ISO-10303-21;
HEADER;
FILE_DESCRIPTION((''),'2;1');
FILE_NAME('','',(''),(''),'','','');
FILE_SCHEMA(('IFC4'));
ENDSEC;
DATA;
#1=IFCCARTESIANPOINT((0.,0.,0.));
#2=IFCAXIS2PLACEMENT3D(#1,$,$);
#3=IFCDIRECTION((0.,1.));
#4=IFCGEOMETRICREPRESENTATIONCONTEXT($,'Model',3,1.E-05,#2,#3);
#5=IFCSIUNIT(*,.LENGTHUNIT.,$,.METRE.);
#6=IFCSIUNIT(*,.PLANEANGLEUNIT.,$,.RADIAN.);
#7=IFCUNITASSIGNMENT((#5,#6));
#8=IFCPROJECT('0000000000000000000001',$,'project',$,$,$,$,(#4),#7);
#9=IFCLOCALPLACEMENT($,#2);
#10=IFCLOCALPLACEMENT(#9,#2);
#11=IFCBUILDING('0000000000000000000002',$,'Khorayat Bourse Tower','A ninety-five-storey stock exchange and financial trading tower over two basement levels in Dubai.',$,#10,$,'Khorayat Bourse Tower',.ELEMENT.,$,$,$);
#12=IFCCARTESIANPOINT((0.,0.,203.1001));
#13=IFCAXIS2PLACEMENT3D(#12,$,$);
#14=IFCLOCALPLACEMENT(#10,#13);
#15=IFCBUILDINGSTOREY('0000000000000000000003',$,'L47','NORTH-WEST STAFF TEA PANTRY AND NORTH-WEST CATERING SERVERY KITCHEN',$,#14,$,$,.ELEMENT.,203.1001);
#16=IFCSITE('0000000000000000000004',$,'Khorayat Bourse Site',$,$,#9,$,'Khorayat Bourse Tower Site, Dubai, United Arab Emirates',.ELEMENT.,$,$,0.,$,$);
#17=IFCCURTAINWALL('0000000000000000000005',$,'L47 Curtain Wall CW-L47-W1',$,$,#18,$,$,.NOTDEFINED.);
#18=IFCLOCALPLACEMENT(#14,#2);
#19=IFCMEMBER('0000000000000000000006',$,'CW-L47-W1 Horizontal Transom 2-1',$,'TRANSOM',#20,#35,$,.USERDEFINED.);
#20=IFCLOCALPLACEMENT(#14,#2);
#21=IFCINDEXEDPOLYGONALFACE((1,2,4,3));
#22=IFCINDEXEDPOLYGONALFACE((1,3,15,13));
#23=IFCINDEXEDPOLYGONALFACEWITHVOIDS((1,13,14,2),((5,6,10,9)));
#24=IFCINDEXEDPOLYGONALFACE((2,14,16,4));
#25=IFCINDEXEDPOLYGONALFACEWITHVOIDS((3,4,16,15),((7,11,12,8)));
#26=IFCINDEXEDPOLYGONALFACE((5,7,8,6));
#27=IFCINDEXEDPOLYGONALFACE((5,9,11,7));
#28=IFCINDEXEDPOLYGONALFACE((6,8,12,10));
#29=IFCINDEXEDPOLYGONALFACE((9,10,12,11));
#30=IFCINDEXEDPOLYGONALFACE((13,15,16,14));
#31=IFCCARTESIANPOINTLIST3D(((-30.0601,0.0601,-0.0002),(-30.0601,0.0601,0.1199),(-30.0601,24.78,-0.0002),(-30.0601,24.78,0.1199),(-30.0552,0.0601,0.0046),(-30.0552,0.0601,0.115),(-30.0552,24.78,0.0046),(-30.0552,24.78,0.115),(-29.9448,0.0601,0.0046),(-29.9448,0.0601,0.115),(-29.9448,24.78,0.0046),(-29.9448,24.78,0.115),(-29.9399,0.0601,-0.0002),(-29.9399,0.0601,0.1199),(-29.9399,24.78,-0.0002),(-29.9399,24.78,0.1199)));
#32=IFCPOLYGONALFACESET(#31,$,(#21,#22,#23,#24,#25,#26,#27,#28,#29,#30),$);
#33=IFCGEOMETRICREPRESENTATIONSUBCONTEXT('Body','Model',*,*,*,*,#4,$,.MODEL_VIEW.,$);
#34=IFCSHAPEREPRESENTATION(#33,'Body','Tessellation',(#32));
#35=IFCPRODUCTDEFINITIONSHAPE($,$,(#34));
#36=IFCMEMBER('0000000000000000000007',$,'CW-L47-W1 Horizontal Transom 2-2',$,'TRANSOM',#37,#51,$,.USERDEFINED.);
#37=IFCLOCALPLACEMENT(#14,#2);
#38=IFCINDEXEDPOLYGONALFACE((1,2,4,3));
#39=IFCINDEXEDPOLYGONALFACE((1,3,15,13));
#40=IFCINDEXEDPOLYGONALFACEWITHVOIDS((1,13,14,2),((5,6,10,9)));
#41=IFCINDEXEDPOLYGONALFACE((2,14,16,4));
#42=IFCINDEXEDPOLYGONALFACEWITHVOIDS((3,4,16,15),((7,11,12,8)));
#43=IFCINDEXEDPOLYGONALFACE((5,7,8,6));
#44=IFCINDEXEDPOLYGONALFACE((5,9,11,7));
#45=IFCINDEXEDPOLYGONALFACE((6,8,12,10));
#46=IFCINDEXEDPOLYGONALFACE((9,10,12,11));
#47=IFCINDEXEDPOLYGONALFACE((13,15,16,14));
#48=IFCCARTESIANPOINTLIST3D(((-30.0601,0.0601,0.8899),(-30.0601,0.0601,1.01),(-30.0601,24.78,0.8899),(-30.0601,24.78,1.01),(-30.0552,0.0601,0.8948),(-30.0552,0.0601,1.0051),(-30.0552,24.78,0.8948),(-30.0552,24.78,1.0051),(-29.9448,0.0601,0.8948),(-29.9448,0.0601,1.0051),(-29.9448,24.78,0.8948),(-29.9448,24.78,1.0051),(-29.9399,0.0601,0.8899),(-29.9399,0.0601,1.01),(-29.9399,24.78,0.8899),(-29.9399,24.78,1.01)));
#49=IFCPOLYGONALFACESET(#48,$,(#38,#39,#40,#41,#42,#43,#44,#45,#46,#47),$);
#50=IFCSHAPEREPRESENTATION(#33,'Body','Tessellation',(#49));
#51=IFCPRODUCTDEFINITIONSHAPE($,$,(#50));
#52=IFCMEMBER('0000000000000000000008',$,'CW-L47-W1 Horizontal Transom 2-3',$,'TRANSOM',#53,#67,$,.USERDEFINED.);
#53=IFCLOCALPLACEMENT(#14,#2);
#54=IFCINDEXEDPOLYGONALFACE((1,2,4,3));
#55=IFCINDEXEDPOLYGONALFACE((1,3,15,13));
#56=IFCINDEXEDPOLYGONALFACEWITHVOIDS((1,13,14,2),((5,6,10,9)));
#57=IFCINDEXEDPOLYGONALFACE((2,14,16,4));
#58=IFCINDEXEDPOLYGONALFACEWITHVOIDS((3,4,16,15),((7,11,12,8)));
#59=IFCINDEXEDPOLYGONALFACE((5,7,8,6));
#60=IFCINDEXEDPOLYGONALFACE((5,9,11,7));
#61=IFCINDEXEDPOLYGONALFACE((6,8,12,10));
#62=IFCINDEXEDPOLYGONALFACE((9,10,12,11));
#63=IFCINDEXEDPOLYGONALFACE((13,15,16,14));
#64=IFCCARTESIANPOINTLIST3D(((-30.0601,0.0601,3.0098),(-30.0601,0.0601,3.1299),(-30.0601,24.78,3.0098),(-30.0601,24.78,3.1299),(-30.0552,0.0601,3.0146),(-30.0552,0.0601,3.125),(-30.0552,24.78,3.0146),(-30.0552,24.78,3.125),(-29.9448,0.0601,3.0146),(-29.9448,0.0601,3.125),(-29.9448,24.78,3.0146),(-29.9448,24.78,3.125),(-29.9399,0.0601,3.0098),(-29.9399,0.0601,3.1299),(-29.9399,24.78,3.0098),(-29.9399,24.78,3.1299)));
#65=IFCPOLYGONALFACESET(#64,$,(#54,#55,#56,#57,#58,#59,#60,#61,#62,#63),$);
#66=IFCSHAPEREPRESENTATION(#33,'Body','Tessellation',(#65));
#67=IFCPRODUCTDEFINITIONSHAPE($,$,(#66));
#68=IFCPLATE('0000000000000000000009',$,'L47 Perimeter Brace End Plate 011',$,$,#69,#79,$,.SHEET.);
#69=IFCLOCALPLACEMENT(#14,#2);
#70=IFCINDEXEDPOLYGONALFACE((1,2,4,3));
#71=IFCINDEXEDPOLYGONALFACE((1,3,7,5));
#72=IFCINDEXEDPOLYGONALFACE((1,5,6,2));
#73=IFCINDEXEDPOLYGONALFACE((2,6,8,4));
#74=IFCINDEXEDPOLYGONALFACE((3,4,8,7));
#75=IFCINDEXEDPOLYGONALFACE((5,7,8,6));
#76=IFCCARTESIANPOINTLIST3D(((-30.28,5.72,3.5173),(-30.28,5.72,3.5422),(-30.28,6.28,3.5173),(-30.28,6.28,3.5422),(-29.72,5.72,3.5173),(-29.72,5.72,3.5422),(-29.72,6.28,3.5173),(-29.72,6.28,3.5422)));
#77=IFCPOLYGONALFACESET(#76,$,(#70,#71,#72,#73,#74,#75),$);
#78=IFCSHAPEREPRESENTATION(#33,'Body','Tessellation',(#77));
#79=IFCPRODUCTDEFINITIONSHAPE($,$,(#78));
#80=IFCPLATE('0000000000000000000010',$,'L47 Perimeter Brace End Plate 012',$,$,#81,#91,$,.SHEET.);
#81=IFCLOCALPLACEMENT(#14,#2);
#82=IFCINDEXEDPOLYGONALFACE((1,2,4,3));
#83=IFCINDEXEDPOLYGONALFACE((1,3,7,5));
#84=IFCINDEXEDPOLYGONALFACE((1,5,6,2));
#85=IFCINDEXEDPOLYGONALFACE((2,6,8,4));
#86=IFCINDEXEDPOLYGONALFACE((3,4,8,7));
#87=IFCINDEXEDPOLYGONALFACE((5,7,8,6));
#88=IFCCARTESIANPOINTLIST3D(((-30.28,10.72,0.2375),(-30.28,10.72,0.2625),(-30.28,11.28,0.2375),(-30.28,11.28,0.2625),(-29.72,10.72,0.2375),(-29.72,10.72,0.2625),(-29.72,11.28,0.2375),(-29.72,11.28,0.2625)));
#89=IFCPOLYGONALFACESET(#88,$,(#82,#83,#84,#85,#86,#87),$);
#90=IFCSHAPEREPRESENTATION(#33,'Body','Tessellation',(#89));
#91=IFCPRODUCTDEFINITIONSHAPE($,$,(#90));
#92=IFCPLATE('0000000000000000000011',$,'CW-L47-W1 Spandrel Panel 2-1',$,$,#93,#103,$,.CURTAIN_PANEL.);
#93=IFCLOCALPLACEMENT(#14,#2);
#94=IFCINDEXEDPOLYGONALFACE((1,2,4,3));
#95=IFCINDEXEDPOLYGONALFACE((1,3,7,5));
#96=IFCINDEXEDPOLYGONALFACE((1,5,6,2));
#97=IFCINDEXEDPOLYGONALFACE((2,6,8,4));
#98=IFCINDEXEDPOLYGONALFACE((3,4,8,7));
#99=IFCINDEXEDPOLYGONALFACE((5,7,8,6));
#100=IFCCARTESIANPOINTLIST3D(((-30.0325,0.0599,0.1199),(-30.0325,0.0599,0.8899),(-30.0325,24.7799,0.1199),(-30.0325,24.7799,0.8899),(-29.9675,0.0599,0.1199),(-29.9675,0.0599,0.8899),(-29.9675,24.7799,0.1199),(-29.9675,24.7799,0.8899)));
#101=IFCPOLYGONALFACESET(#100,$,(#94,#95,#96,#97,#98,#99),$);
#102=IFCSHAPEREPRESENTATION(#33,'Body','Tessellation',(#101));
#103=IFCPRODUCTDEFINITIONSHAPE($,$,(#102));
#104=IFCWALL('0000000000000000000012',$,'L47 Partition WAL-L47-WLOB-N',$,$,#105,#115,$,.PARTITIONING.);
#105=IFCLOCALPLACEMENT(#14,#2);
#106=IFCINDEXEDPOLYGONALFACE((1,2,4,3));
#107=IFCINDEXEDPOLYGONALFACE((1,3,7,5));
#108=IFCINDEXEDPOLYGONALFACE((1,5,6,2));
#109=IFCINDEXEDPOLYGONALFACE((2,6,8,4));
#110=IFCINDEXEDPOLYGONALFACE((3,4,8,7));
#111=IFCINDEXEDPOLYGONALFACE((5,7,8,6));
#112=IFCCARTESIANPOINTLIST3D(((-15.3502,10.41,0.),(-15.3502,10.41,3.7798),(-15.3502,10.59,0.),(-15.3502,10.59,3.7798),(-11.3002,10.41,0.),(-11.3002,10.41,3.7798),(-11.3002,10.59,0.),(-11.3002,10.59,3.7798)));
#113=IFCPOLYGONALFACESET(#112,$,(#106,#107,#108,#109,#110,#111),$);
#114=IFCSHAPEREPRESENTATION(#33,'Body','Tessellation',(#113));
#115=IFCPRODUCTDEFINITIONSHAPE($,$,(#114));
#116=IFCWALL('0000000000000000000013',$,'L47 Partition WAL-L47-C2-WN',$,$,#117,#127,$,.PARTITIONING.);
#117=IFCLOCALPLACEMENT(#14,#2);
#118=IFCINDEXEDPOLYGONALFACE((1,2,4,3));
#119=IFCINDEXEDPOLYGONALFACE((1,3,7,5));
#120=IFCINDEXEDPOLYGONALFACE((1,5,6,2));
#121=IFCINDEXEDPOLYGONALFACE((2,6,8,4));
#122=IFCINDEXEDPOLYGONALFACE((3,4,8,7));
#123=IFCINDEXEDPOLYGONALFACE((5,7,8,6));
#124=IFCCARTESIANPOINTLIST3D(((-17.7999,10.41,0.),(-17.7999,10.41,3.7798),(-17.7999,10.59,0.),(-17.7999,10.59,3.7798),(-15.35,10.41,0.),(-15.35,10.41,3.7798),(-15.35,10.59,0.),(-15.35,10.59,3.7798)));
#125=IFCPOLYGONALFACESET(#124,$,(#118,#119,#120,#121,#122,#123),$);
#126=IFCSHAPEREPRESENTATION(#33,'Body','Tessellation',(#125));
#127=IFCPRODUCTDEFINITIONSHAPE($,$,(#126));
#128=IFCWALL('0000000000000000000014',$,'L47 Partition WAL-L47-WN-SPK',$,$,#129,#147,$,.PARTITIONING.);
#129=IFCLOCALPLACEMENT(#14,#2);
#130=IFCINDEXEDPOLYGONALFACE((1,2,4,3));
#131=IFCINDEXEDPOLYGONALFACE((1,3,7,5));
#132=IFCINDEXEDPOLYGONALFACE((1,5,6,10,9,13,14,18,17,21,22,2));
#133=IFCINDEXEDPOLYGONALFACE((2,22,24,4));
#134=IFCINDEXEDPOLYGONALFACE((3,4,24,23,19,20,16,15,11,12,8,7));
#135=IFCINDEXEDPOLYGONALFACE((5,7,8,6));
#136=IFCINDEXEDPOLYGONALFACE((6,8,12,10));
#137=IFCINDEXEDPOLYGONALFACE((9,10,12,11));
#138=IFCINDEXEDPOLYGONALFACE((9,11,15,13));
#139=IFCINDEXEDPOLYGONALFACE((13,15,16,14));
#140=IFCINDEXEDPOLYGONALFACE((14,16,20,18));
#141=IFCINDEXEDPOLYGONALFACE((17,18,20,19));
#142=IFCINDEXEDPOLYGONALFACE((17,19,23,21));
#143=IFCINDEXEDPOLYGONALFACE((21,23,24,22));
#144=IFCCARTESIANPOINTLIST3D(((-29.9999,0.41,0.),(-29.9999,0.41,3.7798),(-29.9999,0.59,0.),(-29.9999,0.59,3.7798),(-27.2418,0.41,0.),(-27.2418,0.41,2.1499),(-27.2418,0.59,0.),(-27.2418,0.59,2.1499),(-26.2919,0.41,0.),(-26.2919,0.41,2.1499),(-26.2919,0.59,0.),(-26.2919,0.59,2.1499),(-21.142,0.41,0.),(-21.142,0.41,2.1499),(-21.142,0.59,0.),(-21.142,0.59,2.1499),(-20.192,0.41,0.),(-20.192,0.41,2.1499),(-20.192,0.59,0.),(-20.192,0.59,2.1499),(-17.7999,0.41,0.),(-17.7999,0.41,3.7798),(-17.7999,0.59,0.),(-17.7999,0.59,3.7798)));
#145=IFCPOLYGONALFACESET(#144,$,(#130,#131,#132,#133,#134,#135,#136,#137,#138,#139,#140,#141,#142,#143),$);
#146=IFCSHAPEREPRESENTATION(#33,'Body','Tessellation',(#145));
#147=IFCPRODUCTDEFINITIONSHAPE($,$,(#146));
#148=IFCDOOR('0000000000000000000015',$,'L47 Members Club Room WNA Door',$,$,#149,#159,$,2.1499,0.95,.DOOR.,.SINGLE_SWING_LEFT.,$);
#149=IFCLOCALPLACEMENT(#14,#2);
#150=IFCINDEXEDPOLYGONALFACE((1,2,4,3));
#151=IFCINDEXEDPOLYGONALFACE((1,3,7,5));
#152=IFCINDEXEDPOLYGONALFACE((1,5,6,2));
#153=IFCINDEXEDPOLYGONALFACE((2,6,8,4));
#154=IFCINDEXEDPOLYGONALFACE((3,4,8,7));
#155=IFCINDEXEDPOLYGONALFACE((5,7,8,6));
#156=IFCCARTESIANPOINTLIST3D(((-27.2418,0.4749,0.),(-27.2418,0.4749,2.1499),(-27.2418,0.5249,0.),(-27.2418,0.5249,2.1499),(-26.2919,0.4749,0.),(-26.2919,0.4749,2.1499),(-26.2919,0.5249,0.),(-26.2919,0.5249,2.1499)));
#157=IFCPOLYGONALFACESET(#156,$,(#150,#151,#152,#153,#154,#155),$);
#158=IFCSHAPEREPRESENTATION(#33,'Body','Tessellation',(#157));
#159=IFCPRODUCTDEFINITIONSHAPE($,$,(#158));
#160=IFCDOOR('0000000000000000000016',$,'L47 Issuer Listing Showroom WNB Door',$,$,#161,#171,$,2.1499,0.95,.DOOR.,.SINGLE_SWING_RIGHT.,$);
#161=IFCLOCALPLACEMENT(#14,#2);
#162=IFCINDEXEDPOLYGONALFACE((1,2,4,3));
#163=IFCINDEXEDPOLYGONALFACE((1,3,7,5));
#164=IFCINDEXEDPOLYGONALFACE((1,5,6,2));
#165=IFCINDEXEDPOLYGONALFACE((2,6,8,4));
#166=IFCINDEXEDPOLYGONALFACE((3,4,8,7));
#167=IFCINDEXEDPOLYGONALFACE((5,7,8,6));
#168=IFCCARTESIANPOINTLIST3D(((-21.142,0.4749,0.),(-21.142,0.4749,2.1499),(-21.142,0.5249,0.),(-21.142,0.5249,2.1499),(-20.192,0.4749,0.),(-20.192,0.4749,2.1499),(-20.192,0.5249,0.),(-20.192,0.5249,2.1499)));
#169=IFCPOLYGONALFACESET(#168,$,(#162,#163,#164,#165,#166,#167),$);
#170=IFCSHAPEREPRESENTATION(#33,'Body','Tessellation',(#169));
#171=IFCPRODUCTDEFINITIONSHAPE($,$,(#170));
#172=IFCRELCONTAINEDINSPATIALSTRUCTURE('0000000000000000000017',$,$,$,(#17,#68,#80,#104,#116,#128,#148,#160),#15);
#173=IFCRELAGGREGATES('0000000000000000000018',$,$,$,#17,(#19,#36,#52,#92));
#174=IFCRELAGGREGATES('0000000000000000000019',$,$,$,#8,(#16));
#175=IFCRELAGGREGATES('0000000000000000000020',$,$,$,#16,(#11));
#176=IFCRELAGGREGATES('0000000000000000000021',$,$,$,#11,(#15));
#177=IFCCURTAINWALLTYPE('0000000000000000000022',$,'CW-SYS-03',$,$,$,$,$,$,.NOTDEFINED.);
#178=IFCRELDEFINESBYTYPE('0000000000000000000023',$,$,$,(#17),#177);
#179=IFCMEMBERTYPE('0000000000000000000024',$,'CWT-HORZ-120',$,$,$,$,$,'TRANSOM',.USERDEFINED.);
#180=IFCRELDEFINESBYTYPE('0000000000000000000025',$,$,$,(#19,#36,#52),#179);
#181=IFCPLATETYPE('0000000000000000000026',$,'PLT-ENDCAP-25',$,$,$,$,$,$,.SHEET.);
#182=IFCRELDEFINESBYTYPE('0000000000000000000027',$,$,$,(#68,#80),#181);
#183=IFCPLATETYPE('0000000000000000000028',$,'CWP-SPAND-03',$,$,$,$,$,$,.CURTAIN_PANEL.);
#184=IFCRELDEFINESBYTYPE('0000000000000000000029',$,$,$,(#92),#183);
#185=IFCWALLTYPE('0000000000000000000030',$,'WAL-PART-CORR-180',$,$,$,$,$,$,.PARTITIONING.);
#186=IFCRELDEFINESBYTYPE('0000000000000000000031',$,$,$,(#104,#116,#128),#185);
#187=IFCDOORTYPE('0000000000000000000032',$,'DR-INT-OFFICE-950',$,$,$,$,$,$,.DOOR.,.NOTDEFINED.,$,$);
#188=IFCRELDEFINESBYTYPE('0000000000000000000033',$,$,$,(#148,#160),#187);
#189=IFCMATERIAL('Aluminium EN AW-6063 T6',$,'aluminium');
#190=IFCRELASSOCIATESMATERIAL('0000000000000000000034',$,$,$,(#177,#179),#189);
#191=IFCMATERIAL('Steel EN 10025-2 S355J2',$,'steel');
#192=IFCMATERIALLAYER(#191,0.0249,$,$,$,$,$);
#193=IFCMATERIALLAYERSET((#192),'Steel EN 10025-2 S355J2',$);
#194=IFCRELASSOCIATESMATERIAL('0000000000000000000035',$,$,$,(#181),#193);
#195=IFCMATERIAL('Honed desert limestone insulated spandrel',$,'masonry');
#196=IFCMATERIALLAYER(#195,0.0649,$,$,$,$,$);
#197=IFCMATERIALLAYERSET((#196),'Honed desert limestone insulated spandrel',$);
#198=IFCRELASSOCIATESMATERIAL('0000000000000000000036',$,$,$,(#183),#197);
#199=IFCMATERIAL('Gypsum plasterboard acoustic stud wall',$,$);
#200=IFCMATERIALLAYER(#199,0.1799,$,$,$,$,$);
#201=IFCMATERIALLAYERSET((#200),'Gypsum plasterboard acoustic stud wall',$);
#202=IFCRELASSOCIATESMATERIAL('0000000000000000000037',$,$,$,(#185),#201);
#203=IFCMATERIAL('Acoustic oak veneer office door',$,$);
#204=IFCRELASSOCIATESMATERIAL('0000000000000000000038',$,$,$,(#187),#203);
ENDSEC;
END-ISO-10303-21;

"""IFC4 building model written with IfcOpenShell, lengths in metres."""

from ifc_helpers import new_model, si_unit, direction, frame, frame_2d, origin, origin_2d, place, context, subcontext, project, spatial, rectangle, hollow_rectangle, extrude, source, transform, mapped, material, layer, layer_set, material_profile, profile_set, type_object, element, fill, aggregate, save


model = new_model("IFC4")

# Units and contexts
model_context = context("Model", 3, precision=1e-05, world=origin(), true_north=direction((0.0, 1.0)))
body_context = subcontext(model_context, "Body", "Model", "MODEL_VIEW")
ifc_project = project(units=[si_unit("LENGTHUNIT", "METRE"), si_unit("PLANEANGLEUNIT", "RADIAN")], contexts=[model_context])

# Site, building, storey
site_placement = place(None, origin())
site = spatial("IfcSite", under=ifc_project, at=site_placement, Name="Khorayat Bourse Site", LongName="Khorayat Bourse Tower Site, Dubai, United Arab Emirates", CompositionType="ELEMENT", RefElevation=0.0)
building_placement = place(site_placement, origin())
building = spatial("IfcBuilding", under=site, at=building_placement, Name="Khorayat Bourse Tower", Description="A ninety-five-storey stock exchange and financial trading tower over two basement levels in Dubai.", LongName="Khorayat Bourse Tower", CompositionType="ELEMENT")
storey_placement = place(building_placement, frame((0.0, 0.0, 203.1001)))
storey = spatial("IfcBuildingStorey", under=building, at=storey_placement, Name="L47", Description="NORTH-WEST STAFF TEA PANTRY AND NORTH-WEST CATERING SERVERY KITCHEN", CompositionType="ELEMENT", Elevation=203.1001)

# Curtain wall, members
ifc_material_1 = material(Name="Aluminium EN AW-6063 T6", Category="aluminium")
curtain_wall_type = type_object("IfcCurtainWallType", Name="CW-SYS-03", PredefinedType="NOTDEFINED", material=ifc_material_1)
curtain_wall_placement = place(storey_placement, origin())
curtain_wall = element("IfcCurtainWall", 1, at=curtain_wall_placement, inside=storey, type_object=curtain_wall_type, Name="L47 Curtain Wall CW-L47-W1", PredefinedType="NOTDEFINED")
ifc_material_profile_1 = material_profile(ifc_material_1, hollow_rectangle(XDim=0.1201, YDim=0.1201, WallThickness=0.0049, at=origin_2d()), Name="ALU 120x120x5")
ifc_profile_set_1 = profile_set([ifc_material_profile_1], Name="Aluminium EN AW-6063 T6")
member_type_1 = type_object("IfcMemberType", Name="CWT-HORZ-120", ElementType="TRANSOM", PredefinedType="USERDEFINED", material=ifc_profile_set_1)
shared_shape_1 = source(origin(), body_context, "Body", "SweptSolid", [
    extrude(hollow_rectangle(XDim=0.1201, YDim=0.1201, WallThickness=0.0049, at=origin_2d()), origin(), (0.0, 0.0, 1.0), 24.72),
])
member_1_placement = place(storey_placement, frame((-30.0, 0.0601, 0.0598), z_axis=(0.0, 1.0, 0.0), x_axis=(-1.0, 0.0, 0.0)))
member_1 = element("IfcMember", 2, at=member_1_placement, type_object=member_type_1, Name="CW-L47-W1 Horizontal Transom 2-1", ObjectType="TRANSOM", PredefinedType="USERDEFINED", context=body_context, shape_type="MappedRepresentation", body=[
    mapped(shared_shape_1, transform((0.0, 0.0, 0.0), scale=1.0)),
])
member_2_placement = place(storey_placement, frame((-30.0, 0.0601, 0.95), z_axis=(0.0, 1.0, 0.0), x_axis=(-1.0, 0.0, 0.0)))
member_2 = element("IfcMember", 3, at=member_2_placement, type_object=member_type_1, Name="CW-L47-W1 Horizontal Transom 2-2", ObjectType="TRANSOM", PredefinedType="USERDEFINED", context=body_context, shape_type="MappedRepresentation", body=[
    mapped(shared_shape_1, transform((0.0, 0.0, 0.0), scale=1.0)),
])
member_3_placement = place(storey_placement, frame((-30.0, 0.0601, 3.0698), z_axis=(0.0, 1.0, 0.0), x_axis=(-1.0, 0.0, 0.0)))
member_3 = element("IfcMember", 4, at=member_3_placement, type_object=member_type_1, Name="CW-L47-W1 Horizontal Transom 2-3", ObjectType="TRANSOM", PredefinedType="USERDEFINED", context=body_context, shape_type="MappedRepresentation", body=[
    mapped(shared_shape_1, transform((0.0, 0.0, 0.0), scale=1.0)),
])

# Plates
ifc_material_2 = material(Name="Steel EN 10025-2 S355J2", Category="steel")
ifc_layer_1 = layer(ifc_material_2, 0.0249)
ifc_layer_set_1 = layer_set([ifc_layer_1], Name="Steel EN 10025-2 S355J2")
plate_type_1 = type_object("IfcPlateType", Name="PLT-ENDCAP-25", PredefinedType="SHEET", material=ifc_layer_set_1)
shared_shape_2 = source(origin(), body_context, "Body", "SweptSolid", [
    extrude(rectangle(XDim=0.5601, YDim=0.5601, at=origin_2d()), origin(), (0.0, 0.0, 1.0), 0.0249),
])
for number, where, z_axis, x_axis, name in (
    (5, (-30.0, 6.0, 3.5173), (0.0, 0.0, 1.0), (1.0, 0.0, 0.0), "L47 Perimeter Brace End Plate 011"),
    (6, (-30.0, 11.0, 0.2375), (0.0, 0.0, 1.0), (1.0, 0.0, 0.0), "L47 Perimeter Brace End Plate 012"),
):
    element("IfcPlate", number, at=place(storey_placement, frame(where, z_axis=z_axis, x_axis=x_axis)), inside=storey, type_object=plate_type_1, Name=name, PredefinedType="SHEET", context=body_context, shape_type="MappedRepresentation", body=[
        mapped(shared_shape_2, transform((0.0, 0.0, 0.0), scale=1.0)),
    ])

# Plate
ifc_material_3 = material(Name="Honed desert limestone insulated spandrel", Category="masonry")
ifc_layer_2 = layer(ifc_material_3, 0.0649)
ifc_layer_set_2 = layer_set([ifc_layer_2], Name="Honed desert limestone insulated spandrel")
plate_type_2 = type_object("IfcPlateType", Name="CWP-SPAND-03", PredefinedType="CURTAIN_PANEL", material=ifc_layer_set_2)
shared_shape_3 = source(origin(), body_context, "Body", "SweptSolid", [
    extrude(rectangle(XDim=24.72, YDim=0.0649, at=origin_2d()), origin(), (0.0, 0.0, 1.0), 0.77),
])
plate_placement = place(storey_placement, frame((-30.0, 12.4199, 0.1199), z_axis=(0.0, 0.0, 1.0), x_axis=(0.0, 1.0, 0.0)))
plate = element("IfcPlate", 7, at=plate_placement, type_object=plate_type_2, Name="CW-L47-W1 Spandrel Panel 2-1", PredefinedType="CURTAIN_PANEL", context=body_context, shape_type="MappedRepresentation", body=[
    mapped(shared_shape_3, transform((0.0, 0.0, 0.0), scale=1.0)),
])
aggregate(curtain_wall, [member_1, member_2, member_3, plate])

# Walls
ifc_material_4 = material(Name="Gypsum plasterboard acoustic stud wall")
ifc_layer_3 = layer(ifc_material_4, 0.1799)
ifc_layer_set_3 = layer_set([ifc_layer_3], Name="Gypsum plasterboard acoustic stud wall")
wall_type_1 = type_object("IfcWallType", Name="WAL-PART-CORR-180", PredefinedType="PARTITIONING", material=ifc_layer_set_3)
shared_shape_4 = source(origin(), body_context, "Body", "SweptSolid", [
    extrude(rectangle(XDim=4.05, YDim=0.1799, at=frame_2d((2.0249, 0.0))), origin(), (0.0, 0.0, 1.0), 3.7798),
])
wall_1_placement = place(storey_placement, frame((-15.3501, 10.5, 0.0), z_axis=(0.0, 0.0, 1.0), x_axis=(1.0, 0.0, 0.0)))
element("IfcWall", 8, at=wall_1_placement, inside=storey, type_object=wall_type_1, Name="L47 Partition WAL-L47-WLOB-N", PredefinedType="PARTITIONING", context=body_context, shape_type="MappedRepresentation", body=[
    mapped(shared_shape_4, transform((0.0, 0.0, 0.0), scale=1.0)),
])
shared_shape_5 = source(origin(), body_context, "Body", "SweptSolid", [
    extrude(rectangle(XDim=2.45, YDim=0.1799, at=frame_2d((1.2251, 0.0))), origin(), (0.0, 0.0, 1.0), 3.7798),
])
wall_2_placement = place(storey_placement, frame((-17.8, 10.5, 0.0), z_axis=(0.0, 0.0, 1.0), x_axis=(1.0, 0.0, 0.0)))
element("IfcWall", 9, at=wall_2_placement, inside=storey, type_object=wall_type_1, Name="L47 Partition WAL-L47-C2-WN", PredefinedType="PARTITIONING", context=body_context, shape_type="MappedRepresentation", body=[
    mapped(shared_shape_5, transform((0.0, 0.0, 0.0), scale=1.0)),
])

# Wall, openings, doors
shared_shape_6 = source(origin(), body_context, "Body", "SweptSolid", [
    extrude(rectangle(XDim=12.2, YDim=0.1799, at=frame_2d((6.1001, 0.0))), origin(), (0.0, 0.0, 1.0), 3.7798),
])
wall_3_placement = place(storey_placement, frame((-30.0, 0.5, 0.0), z_axis=(0.0, 0.0, 1.0), x_axis=(1.0, 0.0, 0.0)))
wall_3 = element("IfcWall", 10, at=wall_3_placement, inside=storey, type_object=wall_type_1, Name="L47 Partition WAL-L47-WN-SPK", PredefinedType="PARTITIONING", context=body_context, shape_type="MappedRepresentation", body=[
    mapped(shared_shape_6, transform((0.0, 0.0, 0.0), scale=1.0)),
])
shared_shape_7 = source(origin(), body_context, "Body", "SweptSolid", [
    extrude(rectangle(XDim=0.95, YDim=2.1499, at=frame_2d((0.4751, 1.075))), frame((0.0, 0.0999, 0.0), z_axis=(0.0, -1.0, 0.0), x_axis=(1.0, 0.0, 0.0)), (0.0, 0.0, 1.0), 0.2),
])
opening_1_placement = place(wall_3_placement, frame((2.7581, 0.0, 0.0)))
opening_1 = element("IfcOpeningElement", 11, at=opening_1_placement, cuts=wall_3, PredefinedType="OPENING", context=body_context, shape_type="MappedRepresentation", body=[
    mapped(shared_shape_7, transform((0.0, 0.0, 0.0), scale=1.0)),
])
opening_2_placement = place(wall_3_placement, frame((8.8579, 0.0, 0.0)))
opening_2 = element("IfcOpeningElement", 12, at=opening_2_placement, cuts=wall_3, PredefinedType="OPENING", context=body_context, shape_type="MappedRepresentation", body=[
    mapped(shared_shape_7, transform((0.0, 0.0, 0.0), scale=1.0)),
])
ifc_material_5 = material(Name="Acoustic oak veneer office door")
door_type = type_object("IfcDoorType", Name="DR-INT-OFFICE-950", OperationType="NOTDEFINED", PredefinedType="DOOR", material=ifc_material_5)
shared_shape_8 = source(origin(), body_context, "Body", "SweptSolid", [
    extrude(rectangle(XDim=0.95, YDim=2.1499, at=frame_2d((0.4751, 1.075))), frame((0.0, 0.0249, 0.0), z_axis=(0.0, -1.0, 0.0), x_axis=(1.0, 0.0, 0.0)), (0.0, 0.0, 1.0), 0.05),
])
door_1_placement = place(opening_1_placement, origin())
door_1 = element("IfcDoor", 13, at=door_1_placement, inside=storey, type_object=door_type, Name="L47 Members Club Room WNA Door", OperationType="SINGLE_SWING_LEFT", OverallHeight=2.1499, OverallWidth=0.95, PredefinedType="DOOR", context=body_context, shape_type="MappedRepresentation", body=[
    mapped(shared_shape_8, transform((0.0, 0.0, 0.0), scale=1.0)),
])
fill(opening_1, door_1)
door_2_placement = place(opening_2_placement, origin())
door_2 = element("IfcDoor", 14, at=door_2_placement, inside=storey, type_object=door_type, Name="L47 Issuer Listing Showroom WNB Door", OperationType="SINGLE_SWING_RIGHT", OverallHeight=2.1499, OverallWidth=0.95, PredefinedType="DOOR", context=body_context, shape_type="MappedRepresentation", body=[
    mapped(shared_shape_8, transform((0.0, 0.0, 0.0), scale=1.0)),
])
fill(opening_2, door_2)

save(model, "model.ifc")
